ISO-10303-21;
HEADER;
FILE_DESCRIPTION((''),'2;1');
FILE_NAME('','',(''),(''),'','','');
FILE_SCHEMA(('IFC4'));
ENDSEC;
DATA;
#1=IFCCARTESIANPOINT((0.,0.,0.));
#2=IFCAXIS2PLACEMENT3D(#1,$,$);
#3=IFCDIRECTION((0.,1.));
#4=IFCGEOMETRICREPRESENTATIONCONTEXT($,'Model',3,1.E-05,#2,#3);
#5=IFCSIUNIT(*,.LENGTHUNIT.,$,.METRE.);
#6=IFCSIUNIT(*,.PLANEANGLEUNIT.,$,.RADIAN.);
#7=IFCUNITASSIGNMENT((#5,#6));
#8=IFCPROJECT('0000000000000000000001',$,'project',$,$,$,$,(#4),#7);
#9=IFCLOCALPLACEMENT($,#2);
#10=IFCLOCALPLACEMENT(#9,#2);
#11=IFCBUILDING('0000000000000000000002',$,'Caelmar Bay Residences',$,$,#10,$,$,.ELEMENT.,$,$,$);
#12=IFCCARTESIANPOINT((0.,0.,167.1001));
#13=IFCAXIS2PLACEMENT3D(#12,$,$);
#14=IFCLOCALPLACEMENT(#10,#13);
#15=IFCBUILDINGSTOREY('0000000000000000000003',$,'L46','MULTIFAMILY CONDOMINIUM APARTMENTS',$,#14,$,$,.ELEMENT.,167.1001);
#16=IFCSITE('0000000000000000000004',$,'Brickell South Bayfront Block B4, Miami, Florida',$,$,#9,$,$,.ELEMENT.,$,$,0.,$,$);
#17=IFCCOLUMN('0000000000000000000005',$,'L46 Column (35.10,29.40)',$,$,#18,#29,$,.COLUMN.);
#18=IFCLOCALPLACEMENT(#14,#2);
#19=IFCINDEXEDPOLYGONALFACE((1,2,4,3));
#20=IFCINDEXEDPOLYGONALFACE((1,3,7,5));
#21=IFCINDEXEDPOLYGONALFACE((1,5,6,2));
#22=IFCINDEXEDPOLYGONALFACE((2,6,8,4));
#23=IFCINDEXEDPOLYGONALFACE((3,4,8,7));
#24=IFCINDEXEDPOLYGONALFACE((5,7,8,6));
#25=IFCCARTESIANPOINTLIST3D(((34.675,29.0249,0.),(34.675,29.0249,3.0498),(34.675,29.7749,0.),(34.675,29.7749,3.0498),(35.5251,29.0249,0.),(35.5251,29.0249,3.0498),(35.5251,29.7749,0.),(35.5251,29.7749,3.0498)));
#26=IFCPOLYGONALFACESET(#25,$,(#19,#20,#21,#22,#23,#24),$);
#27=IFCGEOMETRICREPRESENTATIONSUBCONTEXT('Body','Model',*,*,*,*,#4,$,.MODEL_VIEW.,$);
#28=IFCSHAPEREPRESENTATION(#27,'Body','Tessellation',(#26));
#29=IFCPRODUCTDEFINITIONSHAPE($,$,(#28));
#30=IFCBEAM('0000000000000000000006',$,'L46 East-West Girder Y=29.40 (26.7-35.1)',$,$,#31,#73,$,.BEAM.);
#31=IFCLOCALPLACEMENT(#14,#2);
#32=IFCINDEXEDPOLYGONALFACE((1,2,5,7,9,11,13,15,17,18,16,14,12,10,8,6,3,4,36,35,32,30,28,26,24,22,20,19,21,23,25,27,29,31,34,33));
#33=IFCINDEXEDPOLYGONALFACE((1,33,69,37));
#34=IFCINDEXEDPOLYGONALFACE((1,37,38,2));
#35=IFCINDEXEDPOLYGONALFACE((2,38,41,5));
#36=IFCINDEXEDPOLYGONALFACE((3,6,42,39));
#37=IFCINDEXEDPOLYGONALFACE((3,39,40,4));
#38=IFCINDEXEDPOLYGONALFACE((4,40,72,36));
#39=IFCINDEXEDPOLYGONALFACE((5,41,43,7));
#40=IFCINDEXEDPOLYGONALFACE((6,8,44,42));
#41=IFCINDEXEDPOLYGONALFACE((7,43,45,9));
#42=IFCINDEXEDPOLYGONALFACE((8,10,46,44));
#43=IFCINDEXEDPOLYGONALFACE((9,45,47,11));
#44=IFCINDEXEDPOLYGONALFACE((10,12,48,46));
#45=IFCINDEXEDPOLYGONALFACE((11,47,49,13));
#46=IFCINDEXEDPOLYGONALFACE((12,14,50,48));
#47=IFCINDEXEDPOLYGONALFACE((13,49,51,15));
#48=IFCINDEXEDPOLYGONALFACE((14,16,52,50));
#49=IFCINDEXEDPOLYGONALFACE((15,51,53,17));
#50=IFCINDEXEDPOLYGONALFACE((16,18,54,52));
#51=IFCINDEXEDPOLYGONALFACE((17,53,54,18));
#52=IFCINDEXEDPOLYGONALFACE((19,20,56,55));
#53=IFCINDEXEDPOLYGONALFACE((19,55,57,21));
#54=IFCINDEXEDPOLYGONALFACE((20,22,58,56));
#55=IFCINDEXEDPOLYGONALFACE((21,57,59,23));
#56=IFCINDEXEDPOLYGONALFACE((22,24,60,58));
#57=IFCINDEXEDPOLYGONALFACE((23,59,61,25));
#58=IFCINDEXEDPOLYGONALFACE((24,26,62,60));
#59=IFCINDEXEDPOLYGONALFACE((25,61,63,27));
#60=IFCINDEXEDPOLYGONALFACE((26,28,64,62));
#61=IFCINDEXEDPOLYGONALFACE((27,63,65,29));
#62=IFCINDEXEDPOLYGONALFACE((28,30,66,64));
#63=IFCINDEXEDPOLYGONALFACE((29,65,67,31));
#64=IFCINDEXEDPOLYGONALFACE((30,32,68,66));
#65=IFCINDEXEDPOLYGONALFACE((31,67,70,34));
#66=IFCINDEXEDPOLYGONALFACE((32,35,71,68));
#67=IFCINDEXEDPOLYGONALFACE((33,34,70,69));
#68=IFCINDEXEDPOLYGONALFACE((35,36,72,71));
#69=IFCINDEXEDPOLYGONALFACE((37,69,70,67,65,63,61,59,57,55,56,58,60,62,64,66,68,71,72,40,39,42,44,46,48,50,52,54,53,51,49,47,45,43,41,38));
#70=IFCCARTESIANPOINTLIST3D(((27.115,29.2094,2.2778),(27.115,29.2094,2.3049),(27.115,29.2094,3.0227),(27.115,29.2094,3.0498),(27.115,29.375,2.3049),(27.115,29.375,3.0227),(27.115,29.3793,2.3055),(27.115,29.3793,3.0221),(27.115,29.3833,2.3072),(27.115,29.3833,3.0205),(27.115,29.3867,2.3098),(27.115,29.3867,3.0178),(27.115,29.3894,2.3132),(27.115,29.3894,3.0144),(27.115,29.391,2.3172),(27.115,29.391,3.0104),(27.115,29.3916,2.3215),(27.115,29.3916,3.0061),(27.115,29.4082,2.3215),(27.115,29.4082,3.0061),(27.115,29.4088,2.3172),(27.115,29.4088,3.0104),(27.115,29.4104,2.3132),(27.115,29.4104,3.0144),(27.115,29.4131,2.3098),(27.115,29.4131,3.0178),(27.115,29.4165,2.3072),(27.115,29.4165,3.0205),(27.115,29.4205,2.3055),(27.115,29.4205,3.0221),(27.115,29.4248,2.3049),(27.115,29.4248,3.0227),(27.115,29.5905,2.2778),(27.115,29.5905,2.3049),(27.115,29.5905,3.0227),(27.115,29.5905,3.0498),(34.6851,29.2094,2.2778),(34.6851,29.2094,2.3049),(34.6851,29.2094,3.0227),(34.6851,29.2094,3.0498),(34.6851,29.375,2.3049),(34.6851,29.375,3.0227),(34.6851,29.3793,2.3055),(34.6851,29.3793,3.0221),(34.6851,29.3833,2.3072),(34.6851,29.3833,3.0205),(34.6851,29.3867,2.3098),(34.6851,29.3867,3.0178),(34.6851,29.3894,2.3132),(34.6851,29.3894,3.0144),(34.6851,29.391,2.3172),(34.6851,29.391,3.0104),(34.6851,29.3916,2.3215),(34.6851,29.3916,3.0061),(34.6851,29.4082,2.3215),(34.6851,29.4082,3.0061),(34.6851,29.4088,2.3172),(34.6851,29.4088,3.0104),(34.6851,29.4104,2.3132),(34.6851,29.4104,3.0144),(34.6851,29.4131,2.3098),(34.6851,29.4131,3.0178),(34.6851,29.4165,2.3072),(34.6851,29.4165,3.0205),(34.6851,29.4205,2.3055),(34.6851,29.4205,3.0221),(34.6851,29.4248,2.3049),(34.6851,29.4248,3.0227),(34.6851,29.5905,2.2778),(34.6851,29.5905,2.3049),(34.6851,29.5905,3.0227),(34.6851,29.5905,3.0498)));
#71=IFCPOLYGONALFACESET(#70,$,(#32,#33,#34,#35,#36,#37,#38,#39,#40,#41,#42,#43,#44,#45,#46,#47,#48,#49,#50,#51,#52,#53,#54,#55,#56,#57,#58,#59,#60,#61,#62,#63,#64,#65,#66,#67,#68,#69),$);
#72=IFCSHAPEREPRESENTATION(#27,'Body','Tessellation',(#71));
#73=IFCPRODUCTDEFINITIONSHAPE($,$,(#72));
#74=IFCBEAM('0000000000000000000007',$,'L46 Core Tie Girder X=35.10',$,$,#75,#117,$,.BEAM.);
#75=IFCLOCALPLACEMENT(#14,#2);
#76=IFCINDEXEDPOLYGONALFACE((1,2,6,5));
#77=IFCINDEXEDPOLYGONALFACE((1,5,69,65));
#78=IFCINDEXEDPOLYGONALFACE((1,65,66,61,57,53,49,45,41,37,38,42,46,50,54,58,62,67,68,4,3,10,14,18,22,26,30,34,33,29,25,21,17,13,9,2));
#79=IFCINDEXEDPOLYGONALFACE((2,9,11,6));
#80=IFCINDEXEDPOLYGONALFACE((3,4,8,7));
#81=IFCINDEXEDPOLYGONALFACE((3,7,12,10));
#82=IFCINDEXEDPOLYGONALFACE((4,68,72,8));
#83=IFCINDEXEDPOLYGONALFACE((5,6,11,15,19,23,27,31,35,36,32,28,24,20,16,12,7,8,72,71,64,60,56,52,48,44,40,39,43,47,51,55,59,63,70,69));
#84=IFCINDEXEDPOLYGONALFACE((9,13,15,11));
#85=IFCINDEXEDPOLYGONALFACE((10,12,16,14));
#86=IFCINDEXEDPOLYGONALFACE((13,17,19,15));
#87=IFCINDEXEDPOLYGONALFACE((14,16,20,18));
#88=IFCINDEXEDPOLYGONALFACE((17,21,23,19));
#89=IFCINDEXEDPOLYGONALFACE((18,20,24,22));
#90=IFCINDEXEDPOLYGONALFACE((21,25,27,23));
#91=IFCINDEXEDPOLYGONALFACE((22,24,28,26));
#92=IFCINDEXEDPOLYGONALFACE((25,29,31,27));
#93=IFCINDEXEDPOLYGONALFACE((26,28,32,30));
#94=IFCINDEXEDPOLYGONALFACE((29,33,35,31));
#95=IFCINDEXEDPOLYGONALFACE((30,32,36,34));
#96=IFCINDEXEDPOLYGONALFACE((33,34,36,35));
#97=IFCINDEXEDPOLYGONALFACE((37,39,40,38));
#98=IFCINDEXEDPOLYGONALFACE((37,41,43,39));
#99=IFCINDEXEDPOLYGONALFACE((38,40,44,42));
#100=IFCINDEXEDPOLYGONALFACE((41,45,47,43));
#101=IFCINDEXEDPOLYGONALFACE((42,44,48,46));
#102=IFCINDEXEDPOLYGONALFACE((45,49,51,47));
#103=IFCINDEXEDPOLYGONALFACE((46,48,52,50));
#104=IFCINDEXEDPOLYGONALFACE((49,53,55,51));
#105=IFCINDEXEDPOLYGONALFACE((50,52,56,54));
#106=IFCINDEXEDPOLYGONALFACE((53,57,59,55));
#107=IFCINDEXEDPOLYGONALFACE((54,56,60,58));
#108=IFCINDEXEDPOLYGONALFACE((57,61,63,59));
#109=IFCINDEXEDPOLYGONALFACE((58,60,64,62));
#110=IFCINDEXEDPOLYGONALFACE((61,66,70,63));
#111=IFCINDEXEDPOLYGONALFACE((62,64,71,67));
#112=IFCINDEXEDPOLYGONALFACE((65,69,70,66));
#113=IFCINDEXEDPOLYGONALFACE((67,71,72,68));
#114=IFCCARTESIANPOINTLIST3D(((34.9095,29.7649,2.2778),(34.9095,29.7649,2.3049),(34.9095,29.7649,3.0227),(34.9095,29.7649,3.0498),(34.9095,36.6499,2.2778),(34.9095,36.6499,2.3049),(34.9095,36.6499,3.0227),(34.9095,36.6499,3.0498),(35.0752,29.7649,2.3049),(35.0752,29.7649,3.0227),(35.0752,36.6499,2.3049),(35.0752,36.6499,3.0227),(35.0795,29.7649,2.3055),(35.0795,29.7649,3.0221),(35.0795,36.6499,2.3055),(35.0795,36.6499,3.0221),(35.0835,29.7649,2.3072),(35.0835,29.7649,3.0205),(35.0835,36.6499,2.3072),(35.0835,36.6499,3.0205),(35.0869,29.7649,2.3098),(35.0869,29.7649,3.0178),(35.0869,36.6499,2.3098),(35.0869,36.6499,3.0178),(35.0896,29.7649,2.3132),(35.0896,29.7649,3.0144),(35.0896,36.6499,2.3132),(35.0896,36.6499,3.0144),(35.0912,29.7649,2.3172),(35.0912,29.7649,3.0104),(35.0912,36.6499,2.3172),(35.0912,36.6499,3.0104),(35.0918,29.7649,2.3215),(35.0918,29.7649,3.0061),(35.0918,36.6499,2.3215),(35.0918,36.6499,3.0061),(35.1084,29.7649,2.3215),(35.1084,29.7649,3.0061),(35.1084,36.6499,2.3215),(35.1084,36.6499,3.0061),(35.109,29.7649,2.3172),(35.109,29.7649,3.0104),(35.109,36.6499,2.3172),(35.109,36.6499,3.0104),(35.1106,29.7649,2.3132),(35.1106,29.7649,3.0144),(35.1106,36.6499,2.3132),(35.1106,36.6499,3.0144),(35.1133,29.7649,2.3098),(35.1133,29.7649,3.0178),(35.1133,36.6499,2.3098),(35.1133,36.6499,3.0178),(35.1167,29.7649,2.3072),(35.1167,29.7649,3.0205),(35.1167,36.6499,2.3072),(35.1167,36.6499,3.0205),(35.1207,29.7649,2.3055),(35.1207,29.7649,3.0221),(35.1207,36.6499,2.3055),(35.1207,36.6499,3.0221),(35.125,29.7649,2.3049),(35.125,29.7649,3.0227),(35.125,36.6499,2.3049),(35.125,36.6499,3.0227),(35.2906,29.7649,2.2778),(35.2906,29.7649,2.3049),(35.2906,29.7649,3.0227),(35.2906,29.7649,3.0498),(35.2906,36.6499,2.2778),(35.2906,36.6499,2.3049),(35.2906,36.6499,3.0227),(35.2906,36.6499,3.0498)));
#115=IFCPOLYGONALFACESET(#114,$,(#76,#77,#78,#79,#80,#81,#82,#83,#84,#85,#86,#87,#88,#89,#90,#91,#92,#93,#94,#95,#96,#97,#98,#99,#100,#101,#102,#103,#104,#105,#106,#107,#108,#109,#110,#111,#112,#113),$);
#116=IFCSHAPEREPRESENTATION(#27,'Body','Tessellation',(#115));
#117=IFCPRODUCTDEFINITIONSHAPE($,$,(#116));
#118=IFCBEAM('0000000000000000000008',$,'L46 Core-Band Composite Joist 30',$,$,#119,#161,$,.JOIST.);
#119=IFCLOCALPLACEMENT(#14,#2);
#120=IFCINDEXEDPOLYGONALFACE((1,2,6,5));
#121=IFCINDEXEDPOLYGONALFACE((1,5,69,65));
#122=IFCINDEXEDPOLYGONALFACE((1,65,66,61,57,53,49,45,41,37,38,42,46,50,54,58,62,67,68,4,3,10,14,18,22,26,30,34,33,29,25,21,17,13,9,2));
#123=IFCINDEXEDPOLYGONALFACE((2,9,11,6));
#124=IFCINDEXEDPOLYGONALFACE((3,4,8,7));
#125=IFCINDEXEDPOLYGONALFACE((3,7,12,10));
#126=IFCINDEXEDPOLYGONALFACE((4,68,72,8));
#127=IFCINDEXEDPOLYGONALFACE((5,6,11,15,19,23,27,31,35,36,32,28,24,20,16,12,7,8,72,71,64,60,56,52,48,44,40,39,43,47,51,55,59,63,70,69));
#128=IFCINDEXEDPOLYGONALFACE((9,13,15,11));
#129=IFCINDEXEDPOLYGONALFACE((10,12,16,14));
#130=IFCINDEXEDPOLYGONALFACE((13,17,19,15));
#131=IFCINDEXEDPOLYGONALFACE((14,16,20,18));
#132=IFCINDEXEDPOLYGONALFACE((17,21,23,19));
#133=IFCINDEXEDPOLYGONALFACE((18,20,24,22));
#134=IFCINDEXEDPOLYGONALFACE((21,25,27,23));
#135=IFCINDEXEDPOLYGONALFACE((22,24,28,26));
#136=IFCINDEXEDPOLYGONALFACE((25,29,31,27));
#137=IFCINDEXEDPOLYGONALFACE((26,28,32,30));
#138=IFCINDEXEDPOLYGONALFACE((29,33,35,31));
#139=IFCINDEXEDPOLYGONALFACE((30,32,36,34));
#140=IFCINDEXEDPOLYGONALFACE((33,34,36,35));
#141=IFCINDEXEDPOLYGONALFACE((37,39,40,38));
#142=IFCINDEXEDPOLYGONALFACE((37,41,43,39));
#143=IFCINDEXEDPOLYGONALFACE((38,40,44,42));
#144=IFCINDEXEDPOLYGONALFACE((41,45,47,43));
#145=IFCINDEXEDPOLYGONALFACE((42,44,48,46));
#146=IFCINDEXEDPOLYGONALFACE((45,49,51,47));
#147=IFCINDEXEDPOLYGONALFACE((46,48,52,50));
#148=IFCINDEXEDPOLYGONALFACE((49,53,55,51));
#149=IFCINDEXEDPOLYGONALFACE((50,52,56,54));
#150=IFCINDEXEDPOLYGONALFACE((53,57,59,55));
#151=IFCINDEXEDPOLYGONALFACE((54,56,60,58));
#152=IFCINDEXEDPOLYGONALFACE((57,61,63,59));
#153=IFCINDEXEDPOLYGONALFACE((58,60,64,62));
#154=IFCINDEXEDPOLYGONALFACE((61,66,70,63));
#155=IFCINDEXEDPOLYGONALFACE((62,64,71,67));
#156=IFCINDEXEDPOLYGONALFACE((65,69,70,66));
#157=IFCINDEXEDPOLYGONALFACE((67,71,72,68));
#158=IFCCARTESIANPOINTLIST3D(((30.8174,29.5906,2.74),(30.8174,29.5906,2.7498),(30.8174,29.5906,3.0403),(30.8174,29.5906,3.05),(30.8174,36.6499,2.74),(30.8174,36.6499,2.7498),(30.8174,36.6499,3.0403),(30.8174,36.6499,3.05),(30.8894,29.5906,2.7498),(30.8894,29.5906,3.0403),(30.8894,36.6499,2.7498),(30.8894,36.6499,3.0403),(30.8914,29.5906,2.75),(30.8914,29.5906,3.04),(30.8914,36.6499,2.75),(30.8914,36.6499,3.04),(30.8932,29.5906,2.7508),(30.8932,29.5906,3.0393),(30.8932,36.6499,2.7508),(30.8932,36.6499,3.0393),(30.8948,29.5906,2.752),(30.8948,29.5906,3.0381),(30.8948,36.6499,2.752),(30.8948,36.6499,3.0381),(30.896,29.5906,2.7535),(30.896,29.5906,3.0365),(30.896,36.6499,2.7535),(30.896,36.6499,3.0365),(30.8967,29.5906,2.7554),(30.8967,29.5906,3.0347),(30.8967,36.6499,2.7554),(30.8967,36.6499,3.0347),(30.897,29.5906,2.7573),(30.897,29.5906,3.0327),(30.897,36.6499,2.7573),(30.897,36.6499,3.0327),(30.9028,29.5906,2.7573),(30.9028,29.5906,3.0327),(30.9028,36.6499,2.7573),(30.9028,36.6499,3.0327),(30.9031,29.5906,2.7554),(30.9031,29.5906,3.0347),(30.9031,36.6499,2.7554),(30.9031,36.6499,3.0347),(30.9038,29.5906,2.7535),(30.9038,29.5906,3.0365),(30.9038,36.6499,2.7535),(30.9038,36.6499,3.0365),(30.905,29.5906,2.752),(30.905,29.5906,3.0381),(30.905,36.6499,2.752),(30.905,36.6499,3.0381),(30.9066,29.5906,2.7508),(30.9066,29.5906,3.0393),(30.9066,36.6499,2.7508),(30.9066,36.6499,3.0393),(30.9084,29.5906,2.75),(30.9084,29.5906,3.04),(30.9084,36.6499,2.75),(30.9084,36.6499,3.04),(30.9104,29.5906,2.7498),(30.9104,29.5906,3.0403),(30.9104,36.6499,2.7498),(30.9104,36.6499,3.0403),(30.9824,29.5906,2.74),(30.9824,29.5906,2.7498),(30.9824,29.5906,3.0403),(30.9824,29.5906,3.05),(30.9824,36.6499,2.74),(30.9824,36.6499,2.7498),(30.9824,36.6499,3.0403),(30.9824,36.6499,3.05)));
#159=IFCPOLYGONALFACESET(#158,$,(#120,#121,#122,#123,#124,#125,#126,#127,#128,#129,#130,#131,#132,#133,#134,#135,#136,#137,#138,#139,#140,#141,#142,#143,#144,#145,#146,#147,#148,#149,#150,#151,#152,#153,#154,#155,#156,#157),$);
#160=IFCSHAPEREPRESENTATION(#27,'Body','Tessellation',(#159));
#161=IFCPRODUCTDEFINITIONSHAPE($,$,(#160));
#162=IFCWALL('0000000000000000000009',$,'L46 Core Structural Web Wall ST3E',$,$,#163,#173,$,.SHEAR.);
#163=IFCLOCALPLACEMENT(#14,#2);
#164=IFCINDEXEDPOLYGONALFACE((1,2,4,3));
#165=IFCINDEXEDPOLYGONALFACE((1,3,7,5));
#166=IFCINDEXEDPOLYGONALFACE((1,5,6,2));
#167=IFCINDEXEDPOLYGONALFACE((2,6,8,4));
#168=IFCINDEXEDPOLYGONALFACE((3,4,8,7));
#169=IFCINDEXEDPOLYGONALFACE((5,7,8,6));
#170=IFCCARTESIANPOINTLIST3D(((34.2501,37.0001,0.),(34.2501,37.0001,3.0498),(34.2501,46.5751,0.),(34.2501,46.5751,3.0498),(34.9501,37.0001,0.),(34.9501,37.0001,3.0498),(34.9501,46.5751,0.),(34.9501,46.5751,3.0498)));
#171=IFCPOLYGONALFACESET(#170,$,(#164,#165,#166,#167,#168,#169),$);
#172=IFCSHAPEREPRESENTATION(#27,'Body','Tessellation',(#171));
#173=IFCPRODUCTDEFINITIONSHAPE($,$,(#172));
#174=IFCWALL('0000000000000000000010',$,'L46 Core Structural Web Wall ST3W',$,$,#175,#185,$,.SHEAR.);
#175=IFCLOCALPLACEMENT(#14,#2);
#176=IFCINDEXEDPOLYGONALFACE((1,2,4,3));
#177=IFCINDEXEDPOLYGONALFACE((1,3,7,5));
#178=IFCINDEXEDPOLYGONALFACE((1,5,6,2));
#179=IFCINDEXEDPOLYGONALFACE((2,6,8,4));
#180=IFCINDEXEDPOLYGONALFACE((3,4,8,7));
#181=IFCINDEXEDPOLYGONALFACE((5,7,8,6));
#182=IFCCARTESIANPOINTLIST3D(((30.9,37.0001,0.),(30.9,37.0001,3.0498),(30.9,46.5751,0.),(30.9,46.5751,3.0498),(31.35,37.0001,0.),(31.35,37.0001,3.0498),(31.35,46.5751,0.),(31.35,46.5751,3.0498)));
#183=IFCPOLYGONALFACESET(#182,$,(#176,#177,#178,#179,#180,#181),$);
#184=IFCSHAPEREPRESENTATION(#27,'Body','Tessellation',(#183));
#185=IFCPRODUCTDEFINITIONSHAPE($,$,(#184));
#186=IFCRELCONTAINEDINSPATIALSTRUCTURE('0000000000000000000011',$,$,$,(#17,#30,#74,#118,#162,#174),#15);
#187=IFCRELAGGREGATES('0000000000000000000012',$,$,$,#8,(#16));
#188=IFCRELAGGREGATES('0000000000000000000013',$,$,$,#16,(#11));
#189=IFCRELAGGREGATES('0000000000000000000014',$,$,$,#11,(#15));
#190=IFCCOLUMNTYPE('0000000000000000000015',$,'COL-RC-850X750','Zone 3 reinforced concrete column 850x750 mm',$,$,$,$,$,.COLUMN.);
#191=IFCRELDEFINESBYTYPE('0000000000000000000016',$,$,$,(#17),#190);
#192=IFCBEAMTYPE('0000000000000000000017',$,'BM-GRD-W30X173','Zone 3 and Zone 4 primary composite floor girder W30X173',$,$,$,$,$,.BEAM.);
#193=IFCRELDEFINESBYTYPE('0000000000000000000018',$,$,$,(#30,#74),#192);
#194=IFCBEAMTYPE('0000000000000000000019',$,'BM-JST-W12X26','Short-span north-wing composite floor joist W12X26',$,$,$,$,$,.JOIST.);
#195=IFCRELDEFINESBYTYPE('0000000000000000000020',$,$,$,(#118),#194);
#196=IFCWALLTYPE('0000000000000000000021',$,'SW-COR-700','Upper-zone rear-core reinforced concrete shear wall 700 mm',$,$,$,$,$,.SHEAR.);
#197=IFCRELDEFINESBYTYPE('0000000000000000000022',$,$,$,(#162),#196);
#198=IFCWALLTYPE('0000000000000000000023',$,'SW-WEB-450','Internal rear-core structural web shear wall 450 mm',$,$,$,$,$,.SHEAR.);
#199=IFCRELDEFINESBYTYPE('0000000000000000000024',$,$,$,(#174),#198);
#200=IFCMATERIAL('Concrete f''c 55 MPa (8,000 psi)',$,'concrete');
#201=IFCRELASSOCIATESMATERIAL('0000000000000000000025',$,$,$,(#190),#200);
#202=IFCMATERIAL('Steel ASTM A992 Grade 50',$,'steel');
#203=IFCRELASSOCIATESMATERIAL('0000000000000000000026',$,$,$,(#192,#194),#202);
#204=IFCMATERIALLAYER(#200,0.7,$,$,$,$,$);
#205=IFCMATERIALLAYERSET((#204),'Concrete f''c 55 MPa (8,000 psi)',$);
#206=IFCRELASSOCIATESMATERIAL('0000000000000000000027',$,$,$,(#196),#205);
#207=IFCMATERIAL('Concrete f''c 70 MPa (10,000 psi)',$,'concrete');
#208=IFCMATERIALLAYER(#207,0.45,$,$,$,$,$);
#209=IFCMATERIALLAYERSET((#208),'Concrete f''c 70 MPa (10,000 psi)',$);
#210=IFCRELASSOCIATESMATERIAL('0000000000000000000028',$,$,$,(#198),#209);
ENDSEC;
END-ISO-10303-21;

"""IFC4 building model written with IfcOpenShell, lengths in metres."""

from ifc_helpers import new_model, si_unit, direction, frame, frame_2d, origin, origin_2d, place, context, subcontext, project, spatial, rectangle, i_section, extrude, material, layer, layer_set, material_profile, profile_set, type_object, element, save


model = new_model("IFC4")

# Units and contexts
model_context = context("Model", 3, precision=1e-05, world=origin(), true_north=direction((0.0, 1.0)))
body_context = subcontext(model_context, "Body", "Model", "MODEL_VIEW")
ifc_project = project(units=[si_unit("LENGTHUNIT", "METRE"), si_unit("PLANEANGLEUNIT", "RADIAN")], contexts=[model_context])

# Site, building, storey
site_placement = place(None, origin())
site = spatial("IfcSite", under=ifc_project, at=site_placement, Name="Brickell South Bayfront Block B4, Miami, Florida", CompositionType="ELEMENT", RefElevation=0.0)
building_placement = place(site_placement, origin())
building = spatial("IfcBuilding", under=site, at=building_placement, Name="Caelmar Bay Residences", CompositionType="ELEMENT")
storey_placement = place(building_placement, frame((0.0, 0.0, 167.1001)))
storey = spatial("IfcBuildingStorey", under=building, at=storey_placement, Name="L46", Description="MULTIFAMILY CONDOMINIUM APARTMENTS", CompositionType="ELEMENT", Elevation=167.1001)

# Column
ifc_material_1 = material(Name="Concrete f'c 55 MPa (8,000 psi)", Category="concrete")
ifc_material_profile_1 = material_profile(ifc_material_1, rectangle(XDim=0.8501, YDim=0.75, at=origin_2d()), Name="RC-COL-850X750")
ifc_profile_set_1 = profile_set([ifc_material_profile_1], Name="Concrete f'c 55 MPa (8,000 psi)")
column_type = type_object("IfcColumnType", Name="COL-RC-850X750", Description="Zone 3 reinforced concrete column 850x750 mm", PredefinedType="COLUMN", material=ifc_profile_set_1)
column_placement = place(storey_placement, frame((35.1001, 29.3999, 0.0), z_axis=(0.0, 0.0, 1.0), x_axis=(1.0, 0.0, 0.0)))
element("IfcColumn", 1, at=column_placement, inside=storey, type_object=column_type, Name="L46 Column (35.10,29.40)", PredefinedType="COLUMN", context=body_context, shape_type="SweptSolid", body=[
    extrude(rectangle(XDim=0.8501, YDim=0.75, at=origin_2d()), origin(), (0.0, 0.0, 1.0), 3.0498),
])

# Beams
ifc_material_2 = material(Name="Steel ASTM A992 Grade 50", Category="steel")
ifc_material_profile_2 = material_profile(ifc_material_2, i_section(OverallWidth=0.3811, OverallDepth=0.772, WebThickness=0.0166, FlangeThickness=0.0271, FilletRadius=0.0166, at=origin_2d()), Name="W30X173")
ifc_profile_set_2 = profile_set([ifc_material_profile_2], Name="Steel ASTM A992 Grade 50")
beam_type_1 = type_object("IfcBeamType", Name="BM-GRD-W30X173", Description="Zone 3 and Zone 4 primary composite floor girder W30X173", PredefinedType="BEAM", material=ifc_profile_set_2)
beam_1_placement = place(storey_placement, frame((27.115, 29.3999, 2.6638), z_axis=(1.0, 0.0, 0.0), x_axis=(0.0, 1.0, 0.0)))
element("IfcBeam", 2, at=beam_1_placement, inside=storey, type_object=beam_type_1, Name="L46 East-West Girder Y=29.40 (26.7-35.1)", PredefinedType="BEAM", context=body_context, shape_type="SweptSolid", body=[
    extrude(i_section(OverallWidth=0.3811, OverallDepth=0.772, WebThickness=0.0166, FlangeThickness=0.0271, FilletRadius=0.0166, at=origin_2d()), origin(), (0.0, 0.0, 1.0), 7.5701),
])
beam_2_placement = place(storey_placement, frame((35.1001, 29.7649, 2.6638), z_axis=(0.0, 1.0, 0.0), x_axis=(-1.0, 0.0, 0.0)))
element("IfcBeam", 3, at=beam_2_placement, inside=storey, type_object=beam_type_1, Name="L46 Core Tie Girder X=35.10", PredefinedType="BEAM", context=body_context, shape_type="SweptSolid", body=[
    extrude(i_section(OverallWidth=0.3811, OverallDepth=0.772, WebThickness=0.0166, FlangeThickness=0.0271, FilletRadius=0.0166, at=origin_2d()), origin(), (0.0, 0.0, 1.0), 6.885),
])
ifc_material_profile_3 = material_profile(ifc_material_2, i_section(OverallWidth=0.165, OverallDepth=0.3101, WebThickness=0.0059, FlangeThickness=0.0098, FilletRadius=0.0076, at=origin_2d()), Name="W12X26")
ifc_profile_set_3 = profile_set([ifc_material_profile_3], Name="Steel ASTM A992 Grade 50")
beam_type_2 = type_object("IfcBeamType", Name="BM-JST-W12X26", Description="Short-span north-wing composite floor joist W12X26", PredefinedType="JOIST", material=ifc_profile_set_3)
beam_3_placement = place(storey_placement, frame((30.8999, 29.5906, 2.895), z_axis=(0.0, 1.0, 0.0), x_axis=(-1.0, 0.0, 0.0)))
element("IfcBeam", 4, at=beam_3_placement, inside=storey, type_object=beam_type_2, Name="L46 Core-Band Composite Joist 30", PredefinedType="JOIST", context=body_context, shape_type="SweptSolid", body=[
    extrude(i_section(OverallWidth=0.165, OverallDepth=0.3101, WebThickness=0.0059, FlangeThickness=0.0098, FilletRadius=0.0076, at=origin_2d()), origin(), (0.0, 0.0, 1.0), 7.0593),
])

# Walls
ifc_layer_1 = layer(ifc_material_1, 0.7)
ifc_layer_set_1 = layer_set([ifc_layer_1], Name="Concrete f'c 55 MPa (8,000 psi)")
wall_type_1 = type_object("IfcWallType", Name="SW-COR-700", Description="Upper-zone rear-core reinforced concrete shear wall 700 mm", PredefinedType="SHEAR", material=ifc_layer_set_1)
wall_1_placement = place(storey_placement, frame((34.6001, 37.0, 0.0), z_axis=(0.0, 0.0, 1.0), x_axis=(0.0, 1.0, 0.0)))
element("IfcWall", 5, at=wall_1_placement, inside=storey, type_object=wall_type_1, Name="L46 Core Structural Web Wall ST3E", PredefinedType="SHEAR", context=body_context, shape_type="SweptSolid", body=[
    extrude(rectangle(XDim=9.575, YDim=0.7, at=frame_2d((4.7876, 0.0))), origin(), (0.0, 0.0, 1.0), 3.0498),
])
ifc_material_3 = material(Name="Concrete f'c 70 MPa (10,000 psi)", Category="concrete")
ifc_layer_2 = layer(ifc_material_3, 0.45)
ifc_layer_set_2 = layer_set([ifc_layer_2], Name="Concrete f'c 70 MPa (10,000 psi)")
wall_type_2 = type_object("IfcWallType", Name="SW-WEB-450", Description="Internal rear-core structural web shear wall 450 mm", PredefinedType="SHEAR", material=ifc_layer_set_2)
wall_2_placement = place(storey_placement, frame((31.125, 37.0, 0.0), z_axis=(0.0, 0.0, 1.0), x_axis=(0.0, 1.0, 0.0)))
element("IfcWall", 6, at=wall_2_placement, inside=storey, type_object=wall_type_2, Name="L46 Core Structural Web Wall ST3W", PredefinedType="SHEAR", context=body_context, shape_type="SweptSolid", body=[
    extrude(rectangle(XDim=9.575, YDim=0.45, at=frame_2d((4.7876, 0.0))), origin(), (0.0, 0.0, 1.0), 3.0498),
])

save(model, "model.ifc")
